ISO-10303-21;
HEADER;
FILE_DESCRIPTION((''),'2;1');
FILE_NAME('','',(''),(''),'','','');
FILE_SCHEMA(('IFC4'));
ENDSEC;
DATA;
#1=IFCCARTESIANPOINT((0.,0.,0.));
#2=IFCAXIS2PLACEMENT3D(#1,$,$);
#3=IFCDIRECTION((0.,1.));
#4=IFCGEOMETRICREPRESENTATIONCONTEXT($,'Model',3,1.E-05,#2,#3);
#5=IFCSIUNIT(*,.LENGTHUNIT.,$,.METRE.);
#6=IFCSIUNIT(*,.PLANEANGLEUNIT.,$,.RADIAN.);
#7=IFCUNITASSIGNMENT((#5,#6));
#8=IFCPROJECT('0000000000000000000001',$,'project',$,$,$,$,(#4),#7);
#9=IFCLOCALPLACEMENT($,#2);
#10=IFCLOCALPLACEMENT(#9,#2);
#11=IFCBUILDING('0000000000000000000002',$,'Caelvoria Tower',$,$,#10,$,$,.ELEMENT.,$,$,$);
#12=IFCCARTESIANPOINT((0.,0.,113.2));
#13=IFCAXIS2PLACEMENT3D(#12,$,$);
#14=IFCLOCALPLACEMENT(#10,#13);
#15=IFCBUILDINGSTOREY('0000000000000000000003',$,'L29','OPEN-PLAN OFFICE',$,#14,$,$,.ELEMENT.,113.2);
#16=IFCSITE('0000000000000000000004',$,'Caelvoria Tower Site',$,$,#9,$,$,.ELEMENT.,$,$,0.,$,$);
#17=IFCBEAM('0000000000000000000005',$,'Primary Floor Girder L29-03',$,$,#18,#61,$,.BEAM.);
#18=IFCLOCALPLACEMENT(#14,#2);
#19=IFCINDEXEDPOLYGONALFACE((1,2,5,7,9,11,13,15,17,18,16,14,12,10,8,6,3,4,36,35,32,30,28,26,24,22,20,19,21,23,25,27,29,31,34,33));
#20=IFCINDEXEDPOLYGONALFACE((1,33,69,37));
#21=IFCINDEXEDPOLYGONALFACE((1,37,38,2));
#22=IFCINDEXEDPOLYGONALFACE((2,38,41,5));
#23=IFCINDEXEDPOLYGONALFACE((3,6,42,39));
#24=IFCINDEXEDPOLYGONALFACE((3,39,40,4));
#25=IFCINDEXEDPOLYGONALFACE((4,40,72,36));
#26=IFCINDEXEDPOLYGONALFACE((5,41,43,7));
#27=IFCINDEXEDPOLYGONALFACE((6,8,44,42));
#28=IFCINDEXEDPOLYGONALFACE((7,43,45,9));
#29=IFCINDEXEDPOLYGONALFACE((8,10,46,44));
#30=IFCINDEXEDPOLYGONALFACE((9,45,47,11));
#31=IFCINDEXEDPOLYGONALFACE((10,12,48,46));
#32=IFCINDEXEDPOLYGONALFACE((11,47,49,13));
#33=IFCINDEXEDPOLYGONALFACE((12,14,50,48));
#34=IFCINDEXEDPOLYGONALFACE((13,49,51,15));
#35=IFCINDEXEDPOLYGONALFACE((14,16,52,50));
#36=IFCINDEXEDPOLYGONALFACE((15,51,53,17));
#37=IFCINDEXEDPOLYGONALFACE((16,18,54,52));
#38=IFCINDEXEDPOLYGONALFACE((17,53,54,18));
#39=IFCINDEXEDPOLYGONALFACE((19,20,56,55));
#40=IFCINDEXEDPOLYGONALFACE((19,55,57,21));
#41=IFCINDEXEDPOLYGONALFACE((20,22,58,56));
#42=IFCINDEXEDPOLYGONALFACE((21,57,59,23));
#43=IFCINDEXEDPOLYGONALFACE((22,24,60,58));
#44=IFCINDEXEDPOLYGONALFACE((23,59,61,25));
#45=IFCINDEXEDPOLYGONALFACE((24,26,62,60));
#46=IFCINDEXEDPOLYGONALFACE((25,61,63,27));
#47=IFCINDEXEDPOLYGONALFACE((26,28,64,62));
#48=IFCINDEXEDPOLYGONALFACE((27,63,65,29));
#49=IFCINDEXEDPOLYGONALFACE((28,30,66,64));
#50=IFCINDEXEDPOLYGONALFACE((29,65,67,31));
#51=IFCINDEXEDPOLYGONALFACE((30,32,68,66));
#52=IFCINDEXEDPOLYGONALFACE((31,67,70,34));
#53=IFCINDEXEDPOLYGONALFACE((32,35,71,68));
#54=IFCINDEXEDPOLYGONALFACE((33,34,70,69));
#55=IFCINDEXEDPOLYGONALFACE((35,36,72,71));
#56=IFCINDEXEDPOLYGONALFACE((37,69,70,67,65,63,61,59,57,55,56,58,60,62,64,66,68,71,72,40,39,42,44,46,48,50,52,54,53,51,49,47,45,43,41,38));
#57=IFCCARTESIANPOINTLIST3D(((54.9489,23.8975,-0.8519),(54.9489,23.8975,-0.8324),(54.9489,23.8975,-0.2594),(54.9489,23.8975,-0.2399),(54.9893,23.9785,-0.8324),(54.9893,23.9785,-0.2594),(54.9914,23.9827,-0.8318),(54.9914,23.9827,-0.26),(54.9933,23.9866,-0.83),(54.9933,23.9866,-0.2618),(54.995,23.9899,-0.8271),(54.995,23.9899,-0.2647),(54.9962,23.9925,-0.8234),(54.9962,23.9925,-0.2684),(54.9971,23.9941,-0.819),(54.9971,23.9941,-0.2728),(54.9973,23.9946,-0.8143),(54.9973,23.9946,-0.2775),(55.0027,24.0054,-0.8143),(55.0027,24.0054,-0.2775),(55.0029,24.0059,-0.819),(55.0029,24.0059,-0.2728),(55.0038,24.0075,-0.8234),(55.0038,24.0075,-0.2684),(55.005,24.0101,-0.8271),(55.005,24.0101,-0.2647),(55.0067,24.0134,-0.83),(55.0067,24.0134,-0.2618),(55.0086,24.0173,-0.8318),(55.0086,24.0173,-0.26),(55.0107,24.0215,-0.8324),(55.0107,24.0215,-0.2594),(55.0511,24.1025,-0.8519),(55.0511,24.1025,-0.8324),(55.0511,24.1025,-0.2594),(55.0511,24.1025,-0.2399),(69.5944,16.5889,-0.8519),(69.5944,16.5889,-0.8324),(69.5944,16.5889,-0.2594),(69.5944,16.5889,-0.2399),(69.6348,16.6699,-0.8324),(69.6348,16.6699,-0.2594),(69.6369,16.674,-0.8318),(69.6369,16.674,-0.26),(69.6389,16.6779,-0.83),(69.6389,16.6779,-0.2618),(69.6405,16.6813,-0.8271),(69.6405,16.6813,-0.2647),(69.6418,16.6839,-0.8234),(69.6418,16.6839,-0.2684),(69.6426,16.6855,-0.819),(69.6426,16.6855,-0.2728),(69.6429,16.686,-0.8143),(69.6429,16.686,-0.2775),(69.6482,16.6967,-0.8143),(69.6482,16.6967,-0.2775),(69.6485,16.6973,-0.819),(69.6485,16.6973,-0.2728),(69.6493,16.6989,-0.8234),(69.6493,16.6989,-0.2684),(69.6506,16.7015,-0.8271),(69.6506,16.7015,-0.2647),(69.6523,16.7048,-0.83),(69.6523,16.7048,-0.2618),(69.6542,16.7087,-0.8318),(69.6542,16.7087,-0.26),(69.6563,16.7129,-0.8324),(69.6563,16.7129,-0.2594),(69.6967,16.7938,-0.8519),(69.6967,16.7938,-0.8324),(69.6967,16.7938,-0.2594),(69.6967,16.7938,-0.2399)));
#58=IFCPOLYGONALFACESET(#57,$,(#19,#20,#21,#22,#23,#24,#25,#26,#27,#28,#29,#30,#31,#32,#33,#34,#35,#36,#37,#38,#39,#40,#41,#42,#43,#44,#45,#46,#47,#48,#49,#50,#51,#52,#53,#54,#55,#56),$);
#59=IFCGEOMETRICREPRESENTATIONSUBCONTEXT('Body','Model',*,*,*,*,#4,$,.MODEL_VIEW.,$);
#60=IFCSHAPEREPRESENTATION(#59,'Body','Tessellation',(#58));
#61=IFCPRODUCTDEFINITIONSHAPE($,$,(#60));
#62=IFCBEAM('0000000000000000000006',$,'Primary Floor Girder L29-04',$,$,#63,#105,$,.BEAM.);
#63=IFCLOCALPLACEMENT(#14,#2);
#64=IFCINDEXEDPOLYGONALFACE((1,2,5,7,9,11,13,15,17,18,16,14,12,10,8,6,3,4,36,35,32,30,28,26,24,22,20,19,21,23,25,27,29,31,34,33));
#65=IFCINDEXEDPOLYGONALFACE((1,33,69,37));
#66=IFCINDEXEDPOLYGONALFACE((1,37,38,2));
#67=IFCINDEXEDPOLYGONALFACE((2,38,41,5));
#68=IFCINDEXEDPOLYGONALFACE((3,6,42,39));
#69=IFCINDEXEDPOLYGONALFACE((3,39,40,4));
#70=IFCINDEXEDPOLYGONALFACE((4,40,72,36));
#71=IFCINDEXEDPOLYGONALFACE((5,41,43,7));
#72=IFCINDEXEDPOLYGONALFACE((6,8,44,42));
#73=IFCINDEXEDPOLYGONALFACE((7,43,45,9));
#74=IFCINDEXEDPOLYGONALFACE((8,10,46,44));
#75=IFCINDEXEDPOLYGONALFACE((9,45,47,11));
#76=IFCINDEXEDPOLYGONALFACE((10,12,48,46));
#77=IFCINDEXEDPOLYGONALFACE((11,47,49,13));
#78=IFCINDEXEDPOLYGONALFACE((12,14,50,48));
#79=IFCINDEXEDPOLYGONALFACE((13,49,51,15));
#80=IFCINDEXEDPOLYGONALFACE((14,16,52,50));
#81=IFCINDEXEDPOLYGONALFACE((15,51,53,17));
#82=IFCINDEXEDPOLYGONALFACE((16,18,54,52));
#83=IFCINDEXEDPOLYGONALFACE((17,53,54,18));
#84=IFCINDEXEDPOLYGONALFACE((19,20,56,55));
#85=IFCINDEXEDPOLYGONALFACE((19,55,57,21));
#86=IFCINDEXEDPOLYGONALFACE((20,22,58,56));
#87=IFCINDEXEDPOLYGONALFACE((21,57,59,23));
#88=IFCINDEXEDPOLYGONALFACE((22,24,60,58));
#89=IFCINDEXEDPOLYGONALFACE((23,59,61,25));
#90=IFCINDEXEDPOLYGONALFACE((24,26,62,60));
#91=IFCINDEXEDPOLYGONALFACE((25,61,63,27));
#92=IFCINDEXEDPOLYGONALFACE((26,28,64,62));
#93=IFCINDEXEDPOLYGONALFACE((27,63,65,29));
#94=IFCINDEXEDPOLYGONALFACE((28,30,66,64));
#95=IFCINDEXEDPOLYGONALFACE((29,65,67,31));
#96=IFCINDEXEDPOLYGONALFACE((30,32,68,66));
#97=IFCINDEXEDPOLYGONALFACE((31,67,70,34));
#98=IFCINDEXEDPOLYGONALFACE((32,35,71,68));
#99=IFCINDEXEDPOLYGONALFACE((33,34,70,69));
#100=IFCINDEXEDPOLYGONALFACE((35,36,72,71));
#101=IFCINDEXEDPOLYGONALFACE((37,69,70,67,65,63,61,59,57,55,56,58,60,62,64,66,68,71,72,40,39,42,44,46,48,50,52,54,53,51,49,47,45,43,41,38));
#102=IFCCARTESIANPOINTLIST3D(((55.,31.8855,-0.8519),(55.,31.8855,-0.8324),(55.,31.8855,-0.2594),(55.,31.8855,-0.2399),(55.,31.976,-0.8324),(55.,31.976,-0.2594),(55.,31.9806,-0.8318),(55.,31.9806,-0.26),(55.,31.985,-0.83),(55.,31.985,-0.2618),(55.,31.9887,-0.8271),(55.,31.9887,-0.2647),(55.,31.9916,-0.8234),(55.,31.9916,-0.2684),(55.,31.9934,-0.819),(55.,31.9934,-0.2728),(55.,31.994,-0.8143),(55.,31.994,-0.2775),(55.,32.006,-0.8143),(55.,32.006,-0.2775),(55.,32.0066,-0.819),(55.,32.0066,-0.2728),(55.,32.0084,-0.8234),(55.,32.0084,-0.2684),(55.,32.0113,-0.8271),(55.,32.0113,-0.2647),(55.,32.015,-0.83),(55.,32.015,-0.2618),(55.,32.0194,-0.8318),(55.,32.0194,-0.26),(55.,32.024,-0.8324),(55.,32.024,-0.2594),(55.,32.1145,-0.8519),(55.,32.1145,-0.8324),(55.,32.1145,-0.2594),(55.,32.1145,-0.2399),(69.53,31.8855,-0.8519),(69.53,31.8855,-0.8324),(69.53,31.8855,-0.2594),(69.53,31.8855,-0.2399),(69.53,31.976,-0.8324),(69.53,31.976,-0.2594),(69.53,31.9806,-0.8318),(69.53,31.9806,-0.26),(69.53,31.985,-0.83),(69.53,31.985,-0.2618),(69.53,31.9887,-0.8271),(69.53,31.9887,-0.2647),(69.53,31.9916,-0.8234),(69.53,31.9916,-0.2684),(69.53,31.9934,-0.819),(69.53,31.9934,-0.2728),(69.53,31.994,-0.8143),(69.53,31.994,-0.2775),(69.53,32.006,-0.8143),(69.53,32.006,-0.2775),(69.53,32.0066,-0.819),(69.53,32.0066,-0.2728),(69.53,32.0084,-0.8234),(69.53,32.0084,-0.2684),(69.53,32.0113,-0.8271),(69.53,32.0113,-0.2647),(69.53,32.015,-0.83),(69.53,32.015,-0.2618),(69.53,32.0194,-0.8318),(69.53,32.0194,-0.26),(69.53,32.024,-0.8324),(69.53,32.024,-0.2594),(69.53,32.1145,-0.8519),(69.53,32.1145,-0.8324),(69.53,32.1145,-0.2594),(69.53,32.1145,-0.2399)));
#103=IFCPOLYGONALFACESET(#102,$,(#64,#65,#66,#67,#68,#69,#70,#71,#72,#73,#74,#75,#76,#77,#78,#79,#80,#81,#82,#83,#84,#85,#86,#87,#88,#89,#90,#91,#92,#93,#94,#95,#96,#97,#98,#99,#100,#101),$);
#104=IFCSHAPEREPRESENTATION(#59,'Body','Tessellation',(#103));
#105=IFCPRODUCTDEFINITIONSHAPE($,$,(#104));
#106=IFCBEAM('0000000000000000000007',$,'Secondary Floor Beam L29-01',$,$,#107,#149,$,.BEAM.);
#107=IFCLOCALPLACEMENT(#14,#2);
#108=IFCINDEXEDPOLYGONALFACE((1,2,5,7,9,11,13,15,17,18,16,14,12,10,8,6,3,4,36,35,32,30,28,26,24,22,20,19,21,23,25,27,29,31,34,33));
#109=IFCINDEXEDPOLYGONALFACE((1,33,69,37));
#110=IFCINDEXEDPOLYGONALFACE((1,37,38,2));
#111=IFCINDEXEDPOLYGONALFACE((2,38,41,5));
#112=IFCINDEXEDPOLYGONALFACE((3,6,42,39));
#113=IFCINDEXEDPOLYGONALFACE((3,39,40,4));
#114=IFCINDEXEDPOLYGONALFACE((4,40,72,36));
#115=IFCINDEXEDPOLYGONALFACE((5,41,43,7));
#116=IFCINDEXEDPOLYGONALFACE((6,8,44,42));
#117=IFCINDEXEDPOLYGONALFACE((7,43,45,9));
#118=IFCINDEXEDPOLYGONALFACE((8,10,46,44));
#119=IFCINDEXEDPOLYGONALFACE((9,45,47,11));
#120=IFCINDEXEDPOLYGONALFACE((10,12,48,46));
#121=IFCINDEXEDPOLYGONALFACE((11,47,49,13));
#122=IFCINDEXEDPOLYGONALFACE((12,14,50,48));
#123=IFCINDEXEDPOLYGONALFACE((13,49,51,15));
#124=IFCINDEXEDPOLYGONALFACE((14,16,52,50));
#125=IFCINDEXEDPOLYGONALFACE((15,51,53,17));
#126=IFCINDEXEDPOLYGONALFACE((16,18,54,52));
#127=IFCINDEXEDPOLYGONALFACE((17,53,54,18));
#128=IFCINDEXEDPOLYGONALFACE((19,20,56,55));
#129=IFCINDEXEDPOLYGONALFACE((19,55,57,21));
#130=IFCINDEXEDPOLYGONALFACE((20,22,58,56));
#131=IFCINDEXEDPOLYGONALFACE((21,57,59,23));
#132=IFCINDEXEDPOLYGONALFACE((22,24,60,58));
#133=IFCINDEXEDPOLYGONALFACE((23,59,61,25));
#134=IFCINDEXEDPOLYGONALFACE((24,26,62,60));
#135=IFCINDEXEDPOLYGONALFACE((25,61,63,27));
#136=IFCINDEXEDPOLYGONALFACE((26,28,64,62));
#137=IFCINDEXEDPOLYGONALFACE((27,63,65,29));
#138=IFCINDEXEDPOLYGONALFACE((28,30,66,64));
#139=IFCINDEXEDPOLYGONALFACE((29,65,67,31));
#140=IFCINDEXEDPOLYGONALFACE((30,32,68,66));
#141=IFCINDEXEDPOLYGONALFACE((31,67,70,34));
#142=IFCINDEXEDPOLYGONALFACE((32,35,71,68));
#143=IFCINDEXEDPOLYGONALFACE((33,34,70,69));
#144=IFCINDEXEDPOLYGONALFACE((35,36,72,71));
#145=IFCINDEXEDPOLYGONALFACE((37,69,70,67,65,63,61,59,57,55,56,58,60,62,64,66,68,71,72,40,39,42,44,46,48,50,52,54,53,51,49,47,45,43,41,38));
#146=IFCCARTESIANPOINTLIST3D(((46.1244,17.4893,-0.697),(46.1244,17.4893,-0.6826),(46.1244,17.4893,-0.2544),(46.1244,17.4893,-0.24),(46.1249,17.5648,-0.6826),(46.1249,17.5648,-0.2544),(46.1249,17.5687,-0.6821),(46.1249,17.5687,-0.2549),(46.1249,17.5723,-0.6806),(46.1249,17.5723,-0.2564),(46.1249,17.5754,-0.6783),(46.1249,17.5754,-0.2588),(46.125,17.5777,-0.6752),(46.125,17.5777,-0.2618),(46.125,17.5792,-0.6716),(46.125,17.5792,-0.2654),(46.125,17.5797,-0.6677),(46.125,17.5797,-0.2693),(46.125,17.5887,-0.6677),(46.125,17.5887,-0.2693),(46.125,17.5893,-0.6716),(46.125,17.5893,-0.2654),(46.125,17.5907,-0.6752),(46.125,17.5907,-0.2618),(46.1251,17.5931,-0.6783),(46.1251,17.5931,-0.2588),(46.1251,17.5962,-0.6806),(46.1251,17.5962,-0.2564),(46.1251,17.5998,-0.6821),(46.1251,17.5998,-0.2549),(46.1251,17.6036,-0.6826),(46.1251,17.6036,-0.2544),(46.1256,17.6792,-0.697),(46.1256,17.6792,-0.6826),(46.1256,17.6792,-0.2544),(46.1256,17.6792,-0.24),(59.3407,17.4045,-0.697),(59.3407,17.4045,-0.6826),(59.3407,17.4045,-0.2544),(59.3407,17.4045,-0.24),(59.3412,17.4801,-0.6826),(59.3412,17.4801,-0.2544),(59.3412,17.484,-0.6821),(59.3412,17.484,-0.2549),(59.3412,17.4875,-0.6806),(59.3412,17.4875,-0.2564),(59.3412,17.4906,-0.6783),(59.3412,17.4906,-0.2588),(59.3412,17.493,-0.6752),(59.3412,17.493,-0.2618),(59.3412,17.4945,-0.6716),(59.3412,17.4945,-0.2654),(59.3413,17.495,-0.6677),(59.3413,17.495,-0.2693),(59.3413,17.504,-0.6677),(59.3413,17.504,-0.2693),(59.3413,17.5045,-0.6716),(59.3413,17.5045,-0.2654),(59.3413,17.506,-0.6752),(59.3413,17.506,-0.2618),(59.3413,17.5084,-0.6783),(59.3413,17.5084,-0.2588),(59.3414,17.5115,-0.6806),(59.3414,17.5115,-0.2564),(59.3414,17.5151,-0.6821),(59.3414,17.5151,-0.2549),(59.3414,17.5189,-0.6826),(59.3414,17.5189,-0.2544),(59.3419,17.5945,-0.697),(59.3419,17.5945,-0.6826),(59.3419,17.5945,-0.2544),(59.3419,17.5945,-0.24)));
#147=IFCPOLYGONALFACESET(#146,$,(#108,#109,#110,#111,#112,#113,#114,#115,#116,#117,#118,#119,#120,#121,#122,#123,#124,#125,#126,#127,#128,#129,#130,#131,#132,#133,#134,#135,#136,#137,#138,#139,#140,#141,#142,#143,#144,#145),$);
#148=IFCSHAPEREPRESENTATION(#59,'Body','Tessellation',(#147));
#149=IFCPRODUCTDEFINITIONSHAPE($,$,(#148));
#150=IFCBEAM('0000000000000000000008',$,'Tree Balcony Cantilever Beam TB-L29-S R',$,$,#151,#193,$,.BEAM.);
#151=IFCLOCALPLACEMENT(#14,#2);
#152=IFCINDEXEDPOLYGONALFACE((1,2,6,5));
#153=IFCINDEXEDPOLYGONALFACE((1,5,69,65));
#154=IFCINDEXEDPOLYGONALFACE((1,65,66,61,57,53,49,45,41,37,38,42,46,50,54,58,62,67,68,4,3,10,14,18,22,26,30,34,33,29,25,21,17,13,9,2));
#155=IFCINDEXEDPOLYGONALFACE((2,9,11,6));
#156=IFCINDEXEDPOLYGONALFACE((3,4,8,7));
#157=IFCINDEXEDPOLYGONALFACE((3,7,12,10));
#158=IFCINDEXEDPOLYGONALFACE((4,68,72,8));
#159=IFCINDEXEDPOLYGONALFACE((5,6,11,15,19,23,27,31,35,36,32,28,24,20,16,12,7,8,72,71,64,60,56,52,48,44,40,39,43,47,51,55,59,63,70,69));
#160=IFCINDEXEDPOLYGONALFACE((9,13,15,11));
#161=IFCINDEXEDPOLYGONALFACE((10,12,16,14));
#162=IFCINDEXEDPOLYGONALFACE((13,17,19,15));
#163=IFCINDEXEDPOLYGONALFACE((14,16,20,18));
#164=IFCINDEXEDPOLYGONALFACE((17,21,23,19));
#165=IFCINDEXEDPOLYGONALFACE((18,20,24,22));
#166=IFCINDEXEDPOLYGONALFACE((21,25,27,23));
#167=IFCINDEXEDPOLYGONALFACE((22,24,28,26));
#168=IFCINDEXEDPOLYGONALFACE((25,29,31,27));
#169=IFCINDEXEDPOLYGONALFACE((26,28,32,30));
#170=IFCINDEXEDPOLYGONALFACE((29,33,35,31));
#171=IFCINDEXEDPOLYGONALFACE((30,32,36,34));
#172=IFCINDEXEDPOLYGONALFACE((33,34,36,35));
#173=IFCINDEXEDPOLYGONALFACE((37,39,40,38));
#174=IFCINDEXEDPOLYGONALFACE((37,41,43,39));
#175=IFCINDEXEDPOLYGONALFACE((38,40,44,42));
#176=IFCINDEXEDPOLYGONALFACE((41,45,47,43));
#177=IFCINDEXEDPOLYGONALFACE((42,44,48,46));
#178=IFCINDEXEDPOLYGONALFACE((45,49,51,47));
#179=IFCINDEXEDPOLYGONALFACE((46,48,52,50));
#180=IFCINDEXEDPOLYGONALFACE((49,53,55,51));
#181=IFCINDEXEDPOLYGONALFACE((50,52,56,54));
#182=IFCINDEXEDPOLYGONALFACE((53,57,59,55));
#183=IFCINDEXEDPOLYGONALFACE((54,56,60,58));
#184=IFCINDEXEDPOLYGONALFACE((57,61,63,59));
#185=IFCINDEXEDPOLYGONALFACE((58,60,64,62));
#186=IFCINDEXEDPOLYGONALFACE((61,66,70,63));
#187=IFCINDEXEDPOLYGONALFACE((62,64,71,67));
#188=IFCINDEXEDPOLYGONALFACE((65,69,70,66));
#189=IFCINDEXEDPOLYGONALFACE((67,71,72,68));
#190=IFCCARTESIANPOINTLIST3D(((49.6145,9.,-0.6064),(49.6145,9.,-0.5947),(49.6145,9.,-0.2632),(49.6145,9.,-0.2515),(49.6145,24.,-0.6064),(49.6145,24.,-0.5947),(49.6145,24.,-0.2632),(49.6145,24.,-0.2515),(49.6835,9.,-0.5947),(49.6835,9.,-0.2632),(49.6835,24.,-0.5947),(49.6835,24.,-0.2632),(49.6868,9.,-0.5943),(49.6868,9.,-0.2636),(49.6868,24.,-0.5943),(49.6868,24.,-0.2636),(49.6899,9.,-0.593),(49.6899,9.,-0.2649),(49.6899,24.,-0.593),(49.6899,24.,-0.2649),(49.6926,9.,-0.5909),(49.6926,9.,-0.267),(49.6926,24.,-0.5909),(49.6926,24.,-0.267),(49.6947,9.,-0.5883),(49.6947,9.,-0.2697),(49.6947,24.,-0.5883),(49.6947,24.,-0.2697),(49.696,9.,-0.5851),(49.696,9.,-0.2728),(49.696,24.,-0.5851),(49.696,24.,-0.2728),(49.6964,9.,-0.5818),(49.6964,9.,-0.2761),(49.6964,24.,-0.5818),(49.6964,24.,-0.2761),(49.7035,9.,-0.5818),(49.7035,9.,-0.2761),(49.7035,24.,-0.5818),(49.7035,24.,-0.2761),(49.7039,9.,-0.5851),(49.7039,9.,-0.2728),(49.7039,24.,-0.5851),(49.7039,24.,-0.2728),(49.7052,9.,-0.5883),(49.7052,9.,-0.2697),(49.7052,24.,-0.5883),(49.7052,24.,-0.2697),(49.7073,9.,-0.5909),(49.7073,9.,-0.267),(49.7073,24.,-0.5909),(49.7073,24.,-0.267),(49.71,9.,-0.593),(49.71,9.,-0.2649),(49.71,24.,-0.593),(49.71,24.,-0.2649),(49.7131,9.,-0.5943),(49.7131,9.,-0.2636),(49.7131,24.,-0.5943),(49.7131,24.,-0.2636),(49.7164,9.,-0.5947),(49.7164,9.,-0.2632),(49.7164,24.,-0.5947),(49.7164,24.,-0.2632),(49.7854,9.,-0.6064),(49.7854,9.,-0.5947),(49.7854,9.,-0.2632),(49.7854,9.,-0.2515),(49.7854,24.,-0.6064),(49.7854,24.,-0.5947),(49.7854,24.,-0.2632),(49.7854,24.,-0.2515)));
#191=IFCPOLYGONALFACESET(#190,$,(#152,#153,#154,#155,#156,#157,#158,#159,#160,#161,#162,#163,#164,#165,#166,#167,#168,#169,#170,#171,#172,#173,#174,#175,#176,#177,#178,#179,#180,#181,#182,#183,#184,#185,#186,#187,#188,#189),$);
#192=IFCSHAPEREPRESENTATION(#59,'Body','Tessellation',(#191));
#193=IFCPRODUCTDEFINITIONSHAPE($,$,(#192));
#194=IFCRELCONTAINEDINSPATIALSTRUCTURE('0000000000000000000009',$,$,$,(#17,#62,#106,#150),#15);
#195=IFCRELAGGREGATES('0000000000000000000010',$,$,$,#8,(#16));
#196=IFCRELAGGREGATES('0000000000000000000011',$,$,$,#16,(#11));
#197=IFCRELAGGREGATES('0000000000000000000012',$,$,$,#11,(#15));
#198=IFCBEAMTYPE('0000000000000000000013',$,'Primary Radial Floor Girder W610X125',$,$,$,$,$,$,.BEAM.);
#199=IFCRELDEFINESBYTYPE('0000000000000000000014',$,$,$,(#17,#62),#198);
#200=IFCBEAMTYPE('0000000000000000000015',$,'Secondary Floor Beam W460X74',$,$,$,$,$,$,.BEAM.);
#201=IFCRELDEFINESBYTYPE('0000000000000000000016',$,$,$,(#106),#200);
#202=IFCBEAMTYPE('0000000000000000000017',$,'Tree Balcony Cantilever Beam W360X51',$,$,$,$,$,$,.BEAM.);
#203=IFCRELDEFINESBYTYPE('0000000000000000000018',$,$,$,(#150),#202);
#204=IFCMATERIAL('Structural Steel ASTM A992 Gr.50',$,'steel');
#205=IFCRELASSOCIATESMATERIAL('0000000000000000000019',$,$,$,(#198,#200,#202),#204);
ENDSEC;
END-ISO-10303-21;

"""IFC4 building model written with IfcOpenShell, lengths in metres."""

from ifc_helpers import new_model, si_unit, direction, frame, origin, origin_2d, place, context, subcontext, project, spatial, i_section, extrude, material, material_profile, profile_set, type_object, element, save


model = new_model("IFC4")

# Units and contexts
model_context = context("Model", 3, precision=1e-05, world=origin(), true_north=direction((0.0, 1.0)))
body_context = subcontext(model_context, "Body", "Model", "MODEL_VIEW")
ifc_project = project(units=[si_unit("LENGTHUNIT", "METRE"), si_unit("PLANEANGLEUNIT", "RADIAN")], contexts=[model_context])

# Site, building, storey
site_placement = place(None, origin())
site = spatial("IfcSite", under=ifc_project, at=site_placement, Name="Caelvoria Tower Site", CompositionType="ELEMENT", RefElevation=0.0)
building_placement = place(site_placement, origin())
building = spatial("IfcBuilding", under=site, at=building_placement, Name="Caelvoria Tower", CompositionType="ELEMENT")
storey_placement = place(building_placement, frame((0.0, 0.0, 113.2)))
storey = spatial("IfcBuildingStorey", under=building, at=storey_placement, Name="L29", Description="OPEN-PLAN OFFICE", CompositionType="ELEMENT", Elevation=113.2)

# Beams
ifc_material_1 = material(Name="Structural Steel ASTM A992 Gr.50", Category="steel")
ifc_material_profile_1 = material_profile(ifc_material_1, i_section(OverallWidth=0.229, OverallDepth=0.6121, WebThickness=0.012, FlangeThickness=0.0195, FilletRadius=0.0181, at=origin_2d()), Name="Structural Steel ASTM A992 Gr.50")
ifc_profile_set_1 = profile_set([ifc_material_profile_1], Name="W610X125 - Structural Steel ASTM A992 Gr.50")
beam_type_1 = type_object("IfcBeamType", Name="Primary Radial Floor Girder W610X125", PredefinedType="BEAM", material=ifc_profile_set_1)
beam_1_placement = place(storey_placement, frame((55.0, 24.0, -0.5459), z_axis=(0.894773, -0.446521, 0.0), x_axis=(0.446521, 0.894773, 0.0)))
element("IfcBeam", 1, at=beam_1_placement, inside=storey, type_object=beam_type_1, Name="Primary Floor Girder L29-03", PredefinedType="BEAM", context=body_context, shape_type="SweptSolid", body=[
    extrude(i_section(OverallWidth=0.229, OverallDepth=0.6121, WebThickness=0.012, FlangeThickness=0.0195, FilletRadius=0.0181, at=origin_2d()), origin(), (0.0, 0.0, 1.0), 16.3679),
])
beam_2_placement = place(storey_placement, frame((55.0, 32.0, -0.5459), z_axis=(1.0, 0.0, 0.0), x_axis=(0.0, 1.0, 0.0)))
element("IfcBeam", 2, at=beam_2_placement, inside=storey, type_object=beam_type_1, Name="Primary Floor Girder L29-04", PredefinedType="BEAM", context=body_context, shape_type="SweptSolid", body=[
    extrude(i_section(OverallWidth=0.229, OverallDepth=0.6121, WebThickness=0.012, FlangeThickness=0.0195, FilletRadius=0.0181, at=origin_2d()), origin(), (0.0, 0.0, 1.0), 14.53),
])
ifc_material_profile_2 = material_profile(ifc_material_1, i_section(OverallWidth=0.1899, OverallDepth=0.457, WebThickness=0.009, FlangeThickness=0.0144, FilletRadius=0.0149, at=origin_2d()), Name="Structural Steel ASTM A992 Gr.50")
ifc_profile_set_2 = profile_set([ifc_material_profile_2], Name="W460X74 - Structural Steel ASTM A992 Gr.50")
beam_type_2 = type_object("IfcBeamType", Name="Secondary Floor Beam W460X74", PredefinedType="BEAM", material=ifc_profile_set_2)
beam_3_placement = place(storey_placement, frame((46.125, 17.5842, -0.4685), z_axis=(0.999979, -0.00641, 0.0), x_axis=(0.00641, 0.999979, 0.0)))
element("IfcBeam", 3, at=beam_3_placement, inside=storey, type_object=beam_type_2, Name="Secondary Floor Beam L29-01", PredefinedType="BEAM", context=body_context, shape_type="SweptSolid", body=[
    extrude(i_section(OverallWidth=0.1899, OverallDepth=0.457, WebThickness=0.009, FlangeThickness=0.0144, FilletRadius=0.0149, at=origin_2d()), origin(), (0.0, 0.0, 1.0), 13.2166),
])
ifc_material_profile_3 = material_profile(ifc_material_1, i_section(OverallWidth=0.1709, OverallDepth=0.355, WebThickness=0.0071, FlangeThickness=0.0117, FilletRadius=0.0129, at=origin_2d()), Name="Structural Steel ASTM A992 Gr.50")
ifc_profile_set_3 = profile_set([ifc_material_profile_3], Name="W360X51 - Structural Steel ASTM A992 Gr.50")
beam_type_3 = type_object("IfcBeamType", Name="Tree Balcony Cantilever Beam W360X51", PredefinedType="BEAM", material=ifc_profile_set_3)
beam_4_placement = place(storey_placement, frame((49.7, 24.0, -0.429), z_axis=(0.0, -1.0, 0.0), x_axis=(1.0, 0.0, 0.0)))
element("IfcBeam", 4, at=beam_4_placement, inside=storey, type_object=beam_type_3, Name="Tree Balcony Cantilever Beam TB-L29-S R", PredefinedType="BEAM", context=body_context, shape_type="SweptSolid", body=[
    extrude(i_section(OverallWidth=0.1709, OverallDepth=0.355, WebThickness=0.0071, FlangeThickness=0.0117, FilletRadius=0.0129, at=origin_2d()), origin(), (0.0, 0.0, 1.0), 15.0),
])

save(model, "model.ifc")
